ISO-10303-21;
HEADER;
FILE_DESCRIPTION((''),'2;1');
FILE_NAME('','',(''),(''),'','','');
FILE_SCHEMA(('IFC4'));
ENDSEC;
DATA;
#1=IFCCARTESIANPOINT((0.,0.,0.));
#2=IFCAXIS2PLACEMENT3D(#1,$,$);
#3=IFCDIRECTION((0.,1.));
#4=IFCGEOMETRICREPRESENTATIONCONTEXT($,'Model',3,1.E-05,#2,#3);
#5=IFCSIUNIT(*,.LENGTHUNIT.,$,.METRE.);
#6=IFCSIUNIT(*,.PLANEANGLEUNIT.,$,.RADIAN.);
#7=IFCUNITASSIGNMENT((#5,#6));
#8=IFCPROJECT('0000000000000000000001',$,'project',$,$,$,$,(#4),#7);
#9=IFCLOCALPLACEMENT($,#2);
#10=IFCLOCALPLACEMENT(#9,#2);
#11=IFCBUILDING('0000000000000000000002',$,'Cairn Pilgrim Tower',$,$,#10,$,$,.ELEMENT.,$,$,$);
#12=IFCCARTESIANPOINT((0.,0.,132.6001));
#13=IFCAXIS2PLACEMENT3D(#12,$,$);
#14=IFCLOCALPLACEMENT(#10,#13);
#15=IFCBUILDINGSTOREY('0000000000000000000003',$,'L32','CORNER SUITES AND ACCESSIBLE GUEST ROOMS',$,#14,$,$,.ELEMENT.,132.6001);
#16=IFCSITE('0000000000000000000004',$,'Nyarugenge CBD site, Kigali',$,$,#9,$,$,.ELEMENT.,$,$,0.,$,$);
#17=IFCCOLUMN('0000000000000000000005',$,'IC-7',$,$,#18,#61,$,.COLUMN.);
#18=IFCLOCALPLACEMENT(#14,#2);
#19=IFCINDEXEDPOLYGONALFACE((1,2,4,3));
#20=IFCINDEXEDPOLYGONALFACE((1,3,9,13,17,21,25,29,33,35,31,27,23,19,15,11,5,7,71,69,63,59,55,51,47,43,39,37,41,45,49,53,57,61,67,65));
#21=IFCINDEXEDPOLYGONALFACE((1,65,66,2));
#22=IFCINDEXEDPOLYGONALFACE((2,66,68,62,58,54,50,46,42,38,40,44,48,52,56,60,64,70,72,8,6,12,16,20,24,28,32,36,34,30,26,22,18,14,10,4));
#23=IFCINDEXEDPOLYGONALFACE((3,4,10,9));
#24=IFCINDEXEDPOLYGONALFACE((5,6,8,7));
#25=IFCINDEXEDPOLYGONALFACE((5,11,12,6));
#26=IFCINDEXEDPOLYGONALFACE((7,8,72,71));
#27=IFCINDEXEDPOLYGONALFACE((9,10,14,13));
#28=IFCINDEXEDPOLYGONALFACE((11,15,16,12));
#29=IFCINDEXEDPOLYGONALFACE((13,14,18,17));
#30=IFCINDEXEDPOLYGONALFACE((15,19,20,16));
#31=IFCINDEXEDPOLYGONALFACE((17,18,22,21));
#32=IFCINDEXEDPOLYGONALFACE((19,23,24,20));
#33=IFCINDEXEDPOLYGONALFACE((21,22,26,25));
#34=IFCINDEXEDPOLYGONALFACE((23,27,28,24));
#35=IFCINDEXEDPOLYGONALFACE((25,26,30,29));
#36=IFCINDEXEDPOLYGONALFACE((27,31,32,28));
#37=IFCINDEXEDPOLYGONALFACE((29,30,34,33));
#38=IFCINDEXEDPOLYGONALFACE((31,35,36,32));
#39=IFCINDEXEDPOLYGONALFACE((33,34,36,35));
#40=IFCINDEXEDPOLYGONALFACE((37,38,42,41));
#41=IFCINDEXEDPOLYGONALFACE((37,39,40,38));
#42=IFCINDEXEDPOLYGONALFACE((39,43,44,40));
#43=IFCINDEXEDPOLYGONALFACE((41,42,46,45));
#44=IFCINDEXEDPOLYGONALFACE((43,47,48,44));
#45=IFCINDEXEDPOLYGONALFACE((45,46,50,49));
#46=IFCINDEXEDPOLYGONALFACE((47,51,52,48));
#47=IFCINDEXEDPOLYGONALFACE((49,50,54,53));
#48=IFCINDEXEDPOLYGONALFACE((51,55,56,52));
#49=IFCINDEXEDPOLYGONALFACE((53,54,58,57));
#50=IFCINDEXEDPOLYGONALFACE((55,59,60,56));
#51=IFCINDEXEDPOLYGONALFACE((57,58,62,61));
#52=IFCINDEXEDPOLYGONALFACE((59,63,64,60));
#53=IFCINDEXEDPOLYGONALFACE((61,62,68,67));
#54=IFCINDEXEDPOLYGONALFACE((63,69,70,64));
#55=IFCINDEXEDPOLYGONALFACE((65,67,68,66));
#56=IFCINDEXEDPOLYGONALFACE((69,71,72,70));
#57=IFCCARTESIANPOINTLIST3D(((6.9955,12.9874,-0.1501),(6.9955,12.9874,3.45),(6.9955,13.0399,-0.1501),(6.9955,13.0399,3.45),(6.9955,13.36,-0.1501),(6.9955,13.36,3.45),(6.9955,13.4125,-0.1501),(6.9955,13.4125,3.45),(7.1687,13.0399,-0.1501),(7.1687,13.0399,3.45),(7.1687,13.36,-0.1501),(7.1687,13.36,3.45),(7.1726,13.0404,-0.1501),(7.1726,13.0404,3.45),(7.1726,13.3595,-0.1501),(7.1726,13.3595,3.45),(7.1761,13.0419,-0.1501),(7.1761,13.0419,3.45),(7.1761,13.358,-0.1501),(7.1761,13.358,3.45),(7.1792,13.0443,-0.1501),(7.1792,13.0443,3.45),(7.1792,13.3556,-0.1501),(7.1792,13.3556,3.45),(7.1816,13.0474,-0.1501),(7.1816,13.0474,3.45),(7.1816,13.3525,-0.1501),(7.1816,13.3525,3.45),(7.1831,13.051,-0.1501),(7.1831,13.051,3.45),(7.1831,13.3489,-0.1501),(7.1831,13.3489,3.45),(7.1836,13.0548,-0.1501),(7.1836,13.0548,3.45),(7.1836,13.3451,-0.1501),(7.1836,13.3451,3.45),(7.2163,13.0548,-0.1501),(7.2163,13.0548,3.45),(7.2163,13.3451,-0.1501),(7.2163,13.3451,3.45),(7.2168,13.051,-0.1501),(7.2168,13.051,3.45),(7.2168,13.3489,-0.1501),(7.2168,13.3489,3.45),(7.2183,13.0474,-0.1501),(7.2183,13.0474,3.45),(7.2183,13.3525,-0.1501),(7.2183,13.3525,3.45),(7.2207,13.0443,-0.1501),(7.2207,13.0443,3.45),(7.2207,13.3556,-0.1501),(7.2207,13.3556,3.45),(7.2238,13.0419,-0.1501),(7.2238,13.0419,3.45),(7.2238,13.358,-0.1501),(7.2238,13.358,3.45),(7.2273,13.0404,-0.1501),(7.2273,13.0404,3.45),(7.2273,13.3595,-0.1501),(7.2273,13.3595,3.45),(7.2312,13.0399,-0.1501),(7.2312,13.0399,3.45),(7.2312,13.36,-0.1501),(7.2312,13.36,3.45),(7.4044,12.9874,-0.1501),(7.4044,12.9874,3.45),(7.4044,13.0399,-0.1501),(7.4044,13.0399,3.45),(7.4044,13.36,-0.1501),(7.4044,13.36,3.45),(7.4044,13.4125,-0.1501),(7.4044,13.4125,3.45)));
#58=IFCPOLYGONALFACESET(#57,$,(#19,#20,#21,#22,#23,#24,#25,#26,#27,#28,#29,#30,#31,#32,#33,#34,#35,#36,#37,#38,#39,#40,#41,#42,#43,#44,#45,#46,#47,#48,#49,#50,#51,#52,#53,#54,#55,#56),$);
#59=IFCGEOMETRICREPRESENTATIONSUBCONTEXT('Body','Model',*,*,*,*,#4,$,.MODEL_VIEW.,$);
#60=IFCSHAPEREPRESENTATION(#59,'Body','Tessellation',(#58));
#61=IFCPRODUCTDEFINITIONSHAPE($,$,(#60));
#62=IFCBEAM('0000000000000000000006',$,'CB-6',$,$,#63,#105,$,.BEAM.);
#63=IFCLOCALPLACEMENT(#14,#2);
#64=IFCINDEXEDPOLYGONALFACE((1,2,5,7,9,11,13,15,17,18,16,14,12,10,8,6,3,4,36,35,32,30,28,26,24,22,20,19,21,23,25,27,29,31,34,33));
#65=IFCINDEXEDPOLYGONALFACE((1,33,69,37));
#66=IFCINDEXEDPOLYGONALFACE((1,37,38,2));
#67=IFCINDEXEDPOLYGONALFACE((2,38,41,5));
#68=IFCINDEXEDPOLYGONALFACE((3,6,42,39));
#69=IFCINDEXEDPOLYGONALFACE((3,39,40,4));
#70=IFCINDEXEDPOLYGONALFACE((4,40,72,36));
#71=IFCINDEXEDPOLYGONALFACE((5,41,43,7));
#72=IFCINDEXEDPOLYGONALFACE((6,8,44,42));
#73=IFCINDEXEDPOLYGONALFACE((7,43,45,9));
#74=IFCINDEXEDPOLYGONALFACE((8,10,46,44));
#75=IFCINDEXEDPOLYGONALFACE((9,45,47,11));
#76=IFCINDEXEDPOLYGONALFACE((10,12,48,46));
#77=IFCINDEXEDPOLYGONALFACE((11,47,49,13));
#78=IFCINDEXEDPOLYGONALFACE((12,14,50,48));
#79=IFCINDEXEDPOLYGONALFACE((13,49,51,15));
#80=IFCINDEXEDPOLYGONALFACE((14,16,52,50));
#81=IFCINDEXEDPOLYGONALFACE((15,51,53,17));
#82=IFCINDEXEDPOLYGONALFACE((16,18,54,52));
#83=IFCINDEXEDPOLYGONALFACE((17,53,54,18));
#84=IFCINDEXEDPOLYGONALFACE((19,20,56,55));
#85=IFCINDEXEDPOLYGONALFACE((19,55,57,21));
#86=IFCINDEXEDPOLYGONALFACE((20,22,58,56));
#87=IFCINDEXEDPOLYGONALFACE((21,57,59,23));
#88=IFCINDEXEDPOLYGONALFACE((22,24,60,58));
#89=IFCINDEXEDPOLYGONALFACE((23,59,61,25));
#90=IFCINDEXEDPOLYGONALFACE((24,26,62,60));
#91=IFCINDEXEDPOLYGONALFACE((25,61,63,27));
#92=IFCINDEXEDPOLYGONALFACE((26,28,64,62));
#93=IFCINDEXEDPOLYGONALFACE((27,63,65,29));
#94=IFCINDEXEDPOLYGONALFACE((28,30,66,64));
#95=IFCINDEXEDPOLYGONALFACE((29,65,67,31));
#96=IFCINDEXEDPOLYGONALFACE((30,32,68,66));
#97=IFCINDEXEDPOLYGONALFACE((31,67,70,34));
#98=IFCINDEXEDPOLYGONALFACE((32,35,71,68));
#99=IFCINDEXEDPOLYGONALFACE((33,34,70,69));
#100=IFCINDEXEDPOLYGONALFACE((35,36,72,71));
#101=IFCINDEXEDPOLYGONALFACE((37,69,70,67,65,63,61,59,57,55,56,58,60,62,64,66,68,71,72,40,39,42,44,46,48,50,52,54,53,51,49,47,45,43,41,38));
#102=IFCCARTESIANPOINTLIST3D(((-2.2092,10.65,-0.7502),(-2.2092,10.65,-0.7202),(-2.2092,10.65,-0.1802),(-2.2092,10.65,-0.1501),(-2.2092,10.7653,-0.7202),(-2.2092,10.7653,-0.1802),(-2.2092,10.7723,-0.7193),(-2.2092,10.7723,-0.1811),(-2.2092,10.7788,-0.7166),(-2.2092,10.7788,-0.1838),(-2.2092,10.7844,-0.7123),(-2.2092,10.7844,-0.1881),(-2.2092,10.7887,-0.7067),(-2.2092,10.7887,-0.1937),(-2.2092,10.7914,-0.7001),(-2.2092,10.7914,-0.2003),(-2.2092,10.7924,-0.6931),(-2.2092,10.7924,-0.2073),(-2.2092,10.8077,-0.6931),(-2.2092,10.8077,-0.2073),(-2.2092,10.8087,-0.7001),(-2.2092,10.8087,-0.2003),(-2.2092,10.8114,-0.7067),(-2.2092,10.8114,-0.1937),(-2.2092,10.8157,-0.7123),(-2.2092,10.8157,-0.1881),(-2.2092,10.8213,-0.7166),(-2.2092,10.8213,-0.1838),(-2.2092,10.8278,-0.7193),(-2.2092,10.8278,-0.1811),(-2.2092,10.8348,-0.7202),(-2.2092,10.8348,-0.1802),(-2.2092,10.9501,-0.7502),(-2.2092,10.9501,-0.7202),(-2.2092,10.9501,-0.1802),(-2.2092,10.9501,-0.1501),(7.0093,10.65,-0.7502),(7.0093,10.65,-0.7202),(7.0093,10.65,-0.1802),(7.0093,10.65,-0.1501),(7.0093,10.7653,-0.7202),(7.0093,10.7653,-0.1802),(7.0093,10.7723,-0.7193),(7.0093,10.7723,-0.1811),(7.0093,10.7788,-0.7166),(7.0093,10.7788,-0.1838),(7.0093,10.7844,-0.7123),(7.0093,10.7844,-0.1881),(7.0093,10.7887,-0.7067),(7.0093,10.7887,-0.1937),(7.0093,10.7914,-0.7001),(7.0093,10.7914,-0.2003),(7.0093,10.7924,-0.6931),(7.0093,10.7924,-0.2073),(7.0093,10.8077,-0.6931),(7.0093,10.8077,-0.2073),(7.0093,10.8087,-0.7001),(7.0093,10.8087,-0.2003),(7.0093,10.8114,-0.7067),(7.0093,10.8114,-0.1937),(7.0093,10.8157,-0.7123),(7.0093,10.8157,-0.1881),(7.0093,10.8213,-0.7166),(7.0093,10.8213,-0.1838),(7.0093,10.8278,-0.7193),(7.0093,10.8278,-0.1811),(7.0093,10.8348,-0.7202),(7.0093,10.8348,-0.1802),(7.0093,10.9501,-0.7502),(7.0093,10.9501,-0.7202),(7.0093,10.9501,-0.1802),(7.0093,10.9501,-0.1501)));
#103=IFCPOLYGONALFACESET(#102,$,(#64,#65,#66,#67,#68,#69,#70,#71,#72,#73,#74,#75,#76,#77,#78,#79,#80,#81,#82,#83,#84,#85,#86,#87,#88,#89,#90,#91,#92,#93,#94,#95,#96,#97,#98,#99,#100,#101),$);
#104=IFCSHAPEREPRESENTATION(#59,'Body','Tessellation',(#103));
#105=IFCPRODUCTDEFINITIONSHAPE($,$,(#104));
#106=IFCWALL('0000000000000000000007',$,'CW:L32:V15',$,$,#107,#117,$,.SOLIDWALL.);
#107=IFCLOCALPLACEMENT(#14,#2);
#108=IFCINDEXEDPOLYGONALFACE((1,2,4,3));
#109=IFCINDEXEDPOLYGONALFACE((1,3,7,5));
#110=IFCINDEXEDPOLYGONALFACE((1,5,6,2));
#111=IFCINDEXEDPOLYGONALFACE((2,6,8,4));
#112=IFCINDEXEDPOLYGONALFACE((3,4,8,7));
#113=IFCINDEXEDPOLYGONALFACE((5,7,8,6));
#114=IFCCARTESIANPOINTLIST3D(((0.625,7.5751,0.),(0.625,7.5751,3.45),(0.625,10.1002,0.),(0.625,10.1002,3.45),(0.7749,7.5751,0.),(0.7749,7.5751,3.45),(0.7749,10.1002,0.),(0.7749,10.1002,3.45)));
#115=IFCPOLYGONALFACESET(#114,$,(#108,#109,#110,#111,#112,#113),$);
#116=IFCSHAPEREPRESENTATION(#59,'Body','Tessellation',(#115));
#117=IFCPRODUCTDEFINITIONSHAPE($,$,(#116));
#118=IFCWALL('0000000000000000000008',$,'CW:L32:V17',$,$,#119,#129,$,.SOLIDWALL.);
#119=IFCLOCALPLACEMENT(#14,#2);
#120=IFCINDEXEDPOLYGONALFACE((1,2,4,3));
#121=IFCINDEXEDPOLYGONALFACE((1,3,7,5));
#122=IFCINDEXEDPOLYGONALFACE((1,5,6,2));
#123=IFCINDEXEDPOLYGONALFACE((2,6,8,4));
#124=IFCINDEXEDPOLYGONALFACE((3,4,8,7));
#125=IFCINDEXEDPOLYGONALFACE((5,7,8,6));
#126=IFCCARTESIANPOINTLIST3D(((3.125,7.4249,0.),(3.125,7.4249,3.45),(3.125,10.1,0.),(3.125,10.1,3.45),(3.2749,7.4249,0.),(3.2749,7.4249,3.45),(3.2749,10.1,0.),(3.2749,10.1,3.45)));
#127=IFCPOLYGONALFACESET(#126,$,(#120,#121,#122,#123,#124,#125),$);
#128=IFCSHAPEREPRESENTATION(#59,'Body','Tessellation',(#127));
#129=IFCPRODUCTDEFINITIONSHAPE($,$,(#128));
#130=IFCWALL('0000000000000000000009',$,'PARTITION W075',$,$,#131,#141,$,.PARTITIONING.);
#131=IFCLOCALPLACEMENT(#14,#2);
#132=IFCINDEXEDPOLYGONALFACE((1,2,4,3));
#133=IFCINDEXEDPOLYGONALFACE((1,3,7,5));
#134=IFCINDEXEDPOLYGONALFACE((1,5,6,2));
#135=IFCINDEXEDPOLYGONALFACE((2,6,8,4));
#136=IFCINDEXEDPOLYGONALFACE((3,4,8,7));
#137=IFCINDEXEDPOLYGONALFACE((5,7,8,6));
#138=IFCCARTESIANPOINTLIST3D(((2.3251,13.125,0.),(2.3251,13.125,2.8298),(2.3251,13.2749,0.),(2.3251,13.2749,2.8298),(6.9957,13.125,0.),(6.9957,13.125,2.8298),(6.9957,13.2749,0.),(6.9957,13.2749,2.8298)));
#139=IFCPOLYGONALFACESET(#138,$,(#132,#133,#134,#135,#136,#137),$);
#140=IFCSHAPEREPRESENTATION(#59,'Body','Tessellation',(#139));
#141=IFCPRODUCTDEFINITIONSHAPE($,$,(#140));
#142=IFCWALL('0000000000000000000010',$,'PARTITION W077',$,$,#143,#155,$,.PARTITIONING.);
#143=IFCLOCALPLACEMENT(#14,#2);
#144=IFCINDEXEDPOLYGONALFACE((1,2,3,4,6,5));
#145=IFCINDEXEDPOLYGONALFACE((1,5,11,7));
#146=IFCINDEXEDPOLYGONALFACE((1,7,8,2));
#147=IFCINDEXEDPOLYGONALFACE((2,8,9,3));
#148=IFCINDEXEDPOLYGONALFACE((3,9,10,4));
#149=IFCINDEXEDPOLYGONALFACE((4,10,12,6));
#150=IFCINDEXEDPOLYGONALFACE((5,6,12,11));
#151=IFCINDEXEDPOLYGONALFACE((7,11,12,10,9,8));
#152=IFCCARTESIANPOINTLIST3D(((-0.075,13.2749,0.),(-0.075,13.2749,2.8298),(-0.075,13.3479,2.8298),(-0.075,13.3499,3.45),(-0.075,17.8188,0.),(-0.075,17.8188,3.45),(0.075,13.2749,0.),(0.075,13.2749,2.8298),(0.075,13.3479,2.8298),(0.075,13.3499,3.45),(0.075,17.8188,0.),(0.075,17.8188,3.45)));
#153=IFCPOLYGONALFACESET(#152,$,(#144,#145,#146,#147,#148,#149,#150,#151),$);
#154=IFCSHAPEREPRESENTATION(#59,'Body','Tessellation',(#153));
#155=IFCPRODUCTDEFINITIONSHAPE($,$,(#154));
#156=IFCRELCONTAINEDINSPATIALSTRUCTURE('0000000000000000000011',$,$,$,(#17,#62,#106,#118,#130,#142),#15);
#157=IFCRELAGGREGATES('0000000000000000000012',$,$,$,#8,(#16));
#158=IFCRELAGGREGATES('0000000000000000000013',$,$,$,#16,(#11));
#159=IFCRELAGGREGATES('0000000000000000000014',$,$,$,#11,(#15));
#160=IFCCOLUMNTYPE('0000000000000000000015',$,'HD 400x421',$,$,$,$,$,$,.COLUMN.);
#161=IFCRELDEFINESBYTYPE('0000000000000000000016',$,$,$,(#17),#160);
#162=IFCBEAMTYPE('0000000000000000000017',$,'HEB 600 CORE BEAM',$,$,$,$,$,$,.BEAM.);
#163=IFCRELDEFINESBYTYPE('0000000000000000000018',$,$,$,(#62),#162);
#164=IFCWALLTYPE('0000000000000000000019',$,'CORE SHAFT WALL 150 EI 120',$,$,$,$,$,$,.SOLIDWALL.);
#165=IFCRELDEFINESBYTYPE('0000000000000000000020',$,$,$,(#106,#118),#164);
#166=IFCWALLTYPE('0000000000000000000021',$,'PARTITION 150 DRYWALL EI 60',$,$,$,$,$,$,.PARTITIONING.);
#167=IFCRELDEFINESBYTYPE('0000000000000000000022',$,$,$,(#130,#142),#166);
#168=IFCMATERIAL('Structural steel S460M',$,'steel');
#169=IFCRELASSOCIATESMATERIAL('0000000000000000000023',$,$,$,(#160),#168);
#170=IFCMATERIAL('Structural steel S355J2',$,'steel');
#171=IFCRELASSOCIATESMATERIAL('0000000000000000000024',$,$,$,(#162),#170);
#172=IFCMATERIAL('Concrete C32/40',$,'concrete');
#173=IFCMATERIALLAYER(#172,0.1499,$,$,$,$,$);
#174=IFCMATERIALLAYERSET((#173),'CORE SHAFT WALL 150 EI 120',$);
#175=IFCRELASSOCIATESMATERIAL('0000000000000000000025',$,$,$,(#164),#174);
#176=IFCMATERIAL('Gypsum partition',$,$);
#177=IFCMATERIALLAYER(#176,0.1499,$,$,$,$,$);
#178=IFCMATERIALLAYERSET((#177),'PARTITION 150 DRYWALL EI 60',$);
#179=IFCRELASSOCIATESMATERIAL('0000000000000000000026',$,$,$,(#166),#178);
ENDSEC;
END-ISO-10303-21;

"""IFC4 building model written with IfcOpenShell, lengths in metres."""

from ifc_helpers import new_model, si_unit, direction, frame, frame_2d, origin, origin_2d, place, context, subcontext, project, spatial, polyline, rectangle, i_section, outline, extrude, material, layer, layer_set, material_profile, profile_set, type_object, element, save


model = new_model("IFC4")

# Units and contexts
model_context = context("Model", 3, precision=1e-05, world=origin(), true_north=direction((0.0, 1.0)))
body_context = subcontext(model_context, "Body", "Model", "MODEL_VIEW")
ifc_project = project(units=[si_unit("LENGTHUNIT", "METRE"), si_unit("PLANEANGLEUNIT", "RADIAN")], contexts=[model_context])

# Site, building, storey
site_placement = place(None, origin())
site = spatial("IfcSite", under=ifc_project, at=site_placement, Name="Nyarugenge CBD site, Kigali", CompositionType="ELEMENT", RefElevation=0.0)
building_placement = place(site_placement, origin())
building = spatial("IfcBuilding", under=site, at=building_placement, Name="Cairn Pilgrim Tower", CompositionType="ELEMENT")
storey_placement = place(building_placement, frame((0.0, 0.0, 132.6001)))
storey = spatial("IfcBuildingStorey", under=building, at=storey_placement, Name="L32", Description="CORNER SUITES AND ACCESSIBLE GUEST ROOMS", CompositionType="ELEMENT", Elevation=132.6001)

# Column
ifc_material_1 = material(Name="Structural steel S460M", Category="steel")
ifc_material_profile_1 = material_profile(ifc_material_1, i_section(OverallWidth=0.4089, OverallDepth=0.425, WebThickness=0.0327, FlangeThickness=0.0525, FilletRadius=0.0149, at=origin_2d()), Name="HD 400x421")
ifc_profile_set_1 = profile_set([ifc_material_profile_1], Name="Structural steel S460M")
column_type = type_object("IfcColumnType", Name="HD 400x421", PredefinedType="COLUMN", material=ifc_profile_set_1)
column_placement = place(storey_placement, frame((7.2, 13.2, -0.1501), z_axis=(0.0, 0.0, 1.0), x_axis=(1.0, 0.0, 0.0)))
element("IfcColumn", 1, at=column_placement, inside=storey, type_object=column_type, Name="IC-7", PredefinedType="COLUMN", context=body_context, shape_type="SweptSolid", body=[
    extrude(i_section(OverallWidth=0.4089, OverallDepth=0.425, WebThickness=0.0327, FlangeThickness=0.0525, FilletRadius=0.0149, at=origin_2d()), origin(), (0.0, 0.0, 1.0), 3.6001),
])

# Beam
ifc_material_2 = material(Name="Structural steel S355J2", Category="steel")
ifc_material_profile_2 = material_profile(ifc_material_2, i_section(OverallWidth=0.3, OverallDepth=0.6001, WebThickness=0.0154, FlangeThickness=0.03, FilletRadius=0.0271, at=origin_2d()), Name="HEB 600")
ifc_profile_set_2 = profile_set([ifc_material_profile_2], Name="Structural steel S355J2")
beam_type = type_object("IfcBeamType", Name="HEB 600 CORE BEAM", PredefinedType="BEAM", material=ifc_profile_set_2)
beam_placement = place(storey_placement, frame((7.0093, 10.8, -0.4502), z_axis=(-1.0, 0.0, 0.0), x_axis=(0.0, -1.0, 0.0)))
element("IfcBeam", 2, at=beam_placement, inside=storey, type_object=beam_type, Name="CB-6", PredefinedType="BEAM", context=body_context, shape_type="SweptSolid", body=[
    extrude(i_section(OverallWidth=0.3, OverallDepth=0.6001, WebThickness=0.0154, FlangeThickness=0.03, FilletRadius=0.0271, at=origin_2d()), origin(), (0.0, 0.0, 1.0), 9.2185),
])

# Walls
ifc_material_3 = material(Name="Concrete C32/40", Category="concrete")
ifc_layer_1 = layer(ifc_material_3, 0.1499)
ifc_layer_set_1 = layer_set([ifc_layer_1], Name="CORE SHAFT WALL 150 EI 120")
wall_type_1 = type_object("IfcWallType", Name="CORE SHAFT WALL 150 EI 120", PredefinedType="SOLIDWALL", material=ifc_layer_set_1)
wall_1_placement = place(storey_placement, frame((0.7, 7.575, 0.0), z_axis=(0.0, 0.0, 1.0), x_axis=(0.0, 1.0, 0.0)))
element("IfcWall", 3, at=wall_1_placement, inside=storey, type_object=wall_type_1, Name="CW:L32:V15", PredefinedType="SOLIDWALL", context=body_context, shape_type="SweptSolid", body=[
    extrude(rectangle(XDim=2.5251, YDim=0.1499, at=frame_2d((1.2627, 0.0))), origin(), (0.0, 0.0, 1.0), 3.45),
])
wall_2_placement = place(storey_placement, frame((3.2, 7.425, 0.0), z_axis=(0.0, 0.0, 1.0), x_axis=(0.0, 1.0, 0.0)))
element("IfcWall", 4, at=wall_2_placement, inside=storey, type_object=wall_type_1, Name="CW:L32:V17", PredefinedType="SOLIDWALL", context=body_context, shape_type="SweptSolid", body=[
    extrude(rectangle(XDim=2.675, YDim=0.1499, at=frame_2d((1.3374, 0.0))), origin(), (0.0, 0.0, 1.0), 3.45),
])
ifc_material_4 = material(Name="Gypsum partition")
ifc_layer_2 = layer(ifc_material_4, 0.1499)
ifc_layer_set_2 = layer_set([ifc_layer_2], Name="PARTITION 150 DRYWALL EI 60")
wall_type_2 = type_object("IfcWallType", Name="PARTITION 150 DRYWALL EI 60", PredefinedType="PARTITIONING", material=ifc_layer_set_2)
wall_3_placement = place(storey_placement, frame((2.325, 13.2, 0.0), z_axis=(0.0, 0.0, 1.0), x_axis=(1.0, 0.0, 0.0)))
element("IfcWall", 5, at=wall_3_placement, inside=storey, type_object=wall_type_2, Name="PARTITION W075", PredefinedType="PARTITIONING", context=body_context, shape_type="SweptSolid", body=[
    extrude(rectangle(XDim=4.6707, YDim=0.1499, at=frame_2d((2.3354, 0.0))), origin(), (0.0, 0.0, 1.0), 2.8298),
])
wall_4_placement = place(storey_placement, frame((0.0, 13.2749, 0.0), z_axis=(0.0, 0.0, 1.0), x_axis=(0.0, 1.0, 0.0)))
element("IfcWall", 6, at=wall_4_placement, inside=storey, type_object=wall_type_2, Name="PARTITION W077", PredefinedType="PARTITIONING", context=body_context, shape_type="SweptSolid", body=[
    extrude(outline(polyline([(0.0, 0.0), (4.5439, 0.0), (4.5439, 3.45), (0.075, 3.45), (0.073, 2.8298), (0.0, 2.8298), (0.0, 0.0)])), frame((0.0, 0.075, 0.0), z_axis=(0.0, -1.0, 0.0), x_axis=(1.0, 0.0, 0.0)), (0.0, 0.0, 1.0), 0.1499),
])

save(model, "model.ifc")
